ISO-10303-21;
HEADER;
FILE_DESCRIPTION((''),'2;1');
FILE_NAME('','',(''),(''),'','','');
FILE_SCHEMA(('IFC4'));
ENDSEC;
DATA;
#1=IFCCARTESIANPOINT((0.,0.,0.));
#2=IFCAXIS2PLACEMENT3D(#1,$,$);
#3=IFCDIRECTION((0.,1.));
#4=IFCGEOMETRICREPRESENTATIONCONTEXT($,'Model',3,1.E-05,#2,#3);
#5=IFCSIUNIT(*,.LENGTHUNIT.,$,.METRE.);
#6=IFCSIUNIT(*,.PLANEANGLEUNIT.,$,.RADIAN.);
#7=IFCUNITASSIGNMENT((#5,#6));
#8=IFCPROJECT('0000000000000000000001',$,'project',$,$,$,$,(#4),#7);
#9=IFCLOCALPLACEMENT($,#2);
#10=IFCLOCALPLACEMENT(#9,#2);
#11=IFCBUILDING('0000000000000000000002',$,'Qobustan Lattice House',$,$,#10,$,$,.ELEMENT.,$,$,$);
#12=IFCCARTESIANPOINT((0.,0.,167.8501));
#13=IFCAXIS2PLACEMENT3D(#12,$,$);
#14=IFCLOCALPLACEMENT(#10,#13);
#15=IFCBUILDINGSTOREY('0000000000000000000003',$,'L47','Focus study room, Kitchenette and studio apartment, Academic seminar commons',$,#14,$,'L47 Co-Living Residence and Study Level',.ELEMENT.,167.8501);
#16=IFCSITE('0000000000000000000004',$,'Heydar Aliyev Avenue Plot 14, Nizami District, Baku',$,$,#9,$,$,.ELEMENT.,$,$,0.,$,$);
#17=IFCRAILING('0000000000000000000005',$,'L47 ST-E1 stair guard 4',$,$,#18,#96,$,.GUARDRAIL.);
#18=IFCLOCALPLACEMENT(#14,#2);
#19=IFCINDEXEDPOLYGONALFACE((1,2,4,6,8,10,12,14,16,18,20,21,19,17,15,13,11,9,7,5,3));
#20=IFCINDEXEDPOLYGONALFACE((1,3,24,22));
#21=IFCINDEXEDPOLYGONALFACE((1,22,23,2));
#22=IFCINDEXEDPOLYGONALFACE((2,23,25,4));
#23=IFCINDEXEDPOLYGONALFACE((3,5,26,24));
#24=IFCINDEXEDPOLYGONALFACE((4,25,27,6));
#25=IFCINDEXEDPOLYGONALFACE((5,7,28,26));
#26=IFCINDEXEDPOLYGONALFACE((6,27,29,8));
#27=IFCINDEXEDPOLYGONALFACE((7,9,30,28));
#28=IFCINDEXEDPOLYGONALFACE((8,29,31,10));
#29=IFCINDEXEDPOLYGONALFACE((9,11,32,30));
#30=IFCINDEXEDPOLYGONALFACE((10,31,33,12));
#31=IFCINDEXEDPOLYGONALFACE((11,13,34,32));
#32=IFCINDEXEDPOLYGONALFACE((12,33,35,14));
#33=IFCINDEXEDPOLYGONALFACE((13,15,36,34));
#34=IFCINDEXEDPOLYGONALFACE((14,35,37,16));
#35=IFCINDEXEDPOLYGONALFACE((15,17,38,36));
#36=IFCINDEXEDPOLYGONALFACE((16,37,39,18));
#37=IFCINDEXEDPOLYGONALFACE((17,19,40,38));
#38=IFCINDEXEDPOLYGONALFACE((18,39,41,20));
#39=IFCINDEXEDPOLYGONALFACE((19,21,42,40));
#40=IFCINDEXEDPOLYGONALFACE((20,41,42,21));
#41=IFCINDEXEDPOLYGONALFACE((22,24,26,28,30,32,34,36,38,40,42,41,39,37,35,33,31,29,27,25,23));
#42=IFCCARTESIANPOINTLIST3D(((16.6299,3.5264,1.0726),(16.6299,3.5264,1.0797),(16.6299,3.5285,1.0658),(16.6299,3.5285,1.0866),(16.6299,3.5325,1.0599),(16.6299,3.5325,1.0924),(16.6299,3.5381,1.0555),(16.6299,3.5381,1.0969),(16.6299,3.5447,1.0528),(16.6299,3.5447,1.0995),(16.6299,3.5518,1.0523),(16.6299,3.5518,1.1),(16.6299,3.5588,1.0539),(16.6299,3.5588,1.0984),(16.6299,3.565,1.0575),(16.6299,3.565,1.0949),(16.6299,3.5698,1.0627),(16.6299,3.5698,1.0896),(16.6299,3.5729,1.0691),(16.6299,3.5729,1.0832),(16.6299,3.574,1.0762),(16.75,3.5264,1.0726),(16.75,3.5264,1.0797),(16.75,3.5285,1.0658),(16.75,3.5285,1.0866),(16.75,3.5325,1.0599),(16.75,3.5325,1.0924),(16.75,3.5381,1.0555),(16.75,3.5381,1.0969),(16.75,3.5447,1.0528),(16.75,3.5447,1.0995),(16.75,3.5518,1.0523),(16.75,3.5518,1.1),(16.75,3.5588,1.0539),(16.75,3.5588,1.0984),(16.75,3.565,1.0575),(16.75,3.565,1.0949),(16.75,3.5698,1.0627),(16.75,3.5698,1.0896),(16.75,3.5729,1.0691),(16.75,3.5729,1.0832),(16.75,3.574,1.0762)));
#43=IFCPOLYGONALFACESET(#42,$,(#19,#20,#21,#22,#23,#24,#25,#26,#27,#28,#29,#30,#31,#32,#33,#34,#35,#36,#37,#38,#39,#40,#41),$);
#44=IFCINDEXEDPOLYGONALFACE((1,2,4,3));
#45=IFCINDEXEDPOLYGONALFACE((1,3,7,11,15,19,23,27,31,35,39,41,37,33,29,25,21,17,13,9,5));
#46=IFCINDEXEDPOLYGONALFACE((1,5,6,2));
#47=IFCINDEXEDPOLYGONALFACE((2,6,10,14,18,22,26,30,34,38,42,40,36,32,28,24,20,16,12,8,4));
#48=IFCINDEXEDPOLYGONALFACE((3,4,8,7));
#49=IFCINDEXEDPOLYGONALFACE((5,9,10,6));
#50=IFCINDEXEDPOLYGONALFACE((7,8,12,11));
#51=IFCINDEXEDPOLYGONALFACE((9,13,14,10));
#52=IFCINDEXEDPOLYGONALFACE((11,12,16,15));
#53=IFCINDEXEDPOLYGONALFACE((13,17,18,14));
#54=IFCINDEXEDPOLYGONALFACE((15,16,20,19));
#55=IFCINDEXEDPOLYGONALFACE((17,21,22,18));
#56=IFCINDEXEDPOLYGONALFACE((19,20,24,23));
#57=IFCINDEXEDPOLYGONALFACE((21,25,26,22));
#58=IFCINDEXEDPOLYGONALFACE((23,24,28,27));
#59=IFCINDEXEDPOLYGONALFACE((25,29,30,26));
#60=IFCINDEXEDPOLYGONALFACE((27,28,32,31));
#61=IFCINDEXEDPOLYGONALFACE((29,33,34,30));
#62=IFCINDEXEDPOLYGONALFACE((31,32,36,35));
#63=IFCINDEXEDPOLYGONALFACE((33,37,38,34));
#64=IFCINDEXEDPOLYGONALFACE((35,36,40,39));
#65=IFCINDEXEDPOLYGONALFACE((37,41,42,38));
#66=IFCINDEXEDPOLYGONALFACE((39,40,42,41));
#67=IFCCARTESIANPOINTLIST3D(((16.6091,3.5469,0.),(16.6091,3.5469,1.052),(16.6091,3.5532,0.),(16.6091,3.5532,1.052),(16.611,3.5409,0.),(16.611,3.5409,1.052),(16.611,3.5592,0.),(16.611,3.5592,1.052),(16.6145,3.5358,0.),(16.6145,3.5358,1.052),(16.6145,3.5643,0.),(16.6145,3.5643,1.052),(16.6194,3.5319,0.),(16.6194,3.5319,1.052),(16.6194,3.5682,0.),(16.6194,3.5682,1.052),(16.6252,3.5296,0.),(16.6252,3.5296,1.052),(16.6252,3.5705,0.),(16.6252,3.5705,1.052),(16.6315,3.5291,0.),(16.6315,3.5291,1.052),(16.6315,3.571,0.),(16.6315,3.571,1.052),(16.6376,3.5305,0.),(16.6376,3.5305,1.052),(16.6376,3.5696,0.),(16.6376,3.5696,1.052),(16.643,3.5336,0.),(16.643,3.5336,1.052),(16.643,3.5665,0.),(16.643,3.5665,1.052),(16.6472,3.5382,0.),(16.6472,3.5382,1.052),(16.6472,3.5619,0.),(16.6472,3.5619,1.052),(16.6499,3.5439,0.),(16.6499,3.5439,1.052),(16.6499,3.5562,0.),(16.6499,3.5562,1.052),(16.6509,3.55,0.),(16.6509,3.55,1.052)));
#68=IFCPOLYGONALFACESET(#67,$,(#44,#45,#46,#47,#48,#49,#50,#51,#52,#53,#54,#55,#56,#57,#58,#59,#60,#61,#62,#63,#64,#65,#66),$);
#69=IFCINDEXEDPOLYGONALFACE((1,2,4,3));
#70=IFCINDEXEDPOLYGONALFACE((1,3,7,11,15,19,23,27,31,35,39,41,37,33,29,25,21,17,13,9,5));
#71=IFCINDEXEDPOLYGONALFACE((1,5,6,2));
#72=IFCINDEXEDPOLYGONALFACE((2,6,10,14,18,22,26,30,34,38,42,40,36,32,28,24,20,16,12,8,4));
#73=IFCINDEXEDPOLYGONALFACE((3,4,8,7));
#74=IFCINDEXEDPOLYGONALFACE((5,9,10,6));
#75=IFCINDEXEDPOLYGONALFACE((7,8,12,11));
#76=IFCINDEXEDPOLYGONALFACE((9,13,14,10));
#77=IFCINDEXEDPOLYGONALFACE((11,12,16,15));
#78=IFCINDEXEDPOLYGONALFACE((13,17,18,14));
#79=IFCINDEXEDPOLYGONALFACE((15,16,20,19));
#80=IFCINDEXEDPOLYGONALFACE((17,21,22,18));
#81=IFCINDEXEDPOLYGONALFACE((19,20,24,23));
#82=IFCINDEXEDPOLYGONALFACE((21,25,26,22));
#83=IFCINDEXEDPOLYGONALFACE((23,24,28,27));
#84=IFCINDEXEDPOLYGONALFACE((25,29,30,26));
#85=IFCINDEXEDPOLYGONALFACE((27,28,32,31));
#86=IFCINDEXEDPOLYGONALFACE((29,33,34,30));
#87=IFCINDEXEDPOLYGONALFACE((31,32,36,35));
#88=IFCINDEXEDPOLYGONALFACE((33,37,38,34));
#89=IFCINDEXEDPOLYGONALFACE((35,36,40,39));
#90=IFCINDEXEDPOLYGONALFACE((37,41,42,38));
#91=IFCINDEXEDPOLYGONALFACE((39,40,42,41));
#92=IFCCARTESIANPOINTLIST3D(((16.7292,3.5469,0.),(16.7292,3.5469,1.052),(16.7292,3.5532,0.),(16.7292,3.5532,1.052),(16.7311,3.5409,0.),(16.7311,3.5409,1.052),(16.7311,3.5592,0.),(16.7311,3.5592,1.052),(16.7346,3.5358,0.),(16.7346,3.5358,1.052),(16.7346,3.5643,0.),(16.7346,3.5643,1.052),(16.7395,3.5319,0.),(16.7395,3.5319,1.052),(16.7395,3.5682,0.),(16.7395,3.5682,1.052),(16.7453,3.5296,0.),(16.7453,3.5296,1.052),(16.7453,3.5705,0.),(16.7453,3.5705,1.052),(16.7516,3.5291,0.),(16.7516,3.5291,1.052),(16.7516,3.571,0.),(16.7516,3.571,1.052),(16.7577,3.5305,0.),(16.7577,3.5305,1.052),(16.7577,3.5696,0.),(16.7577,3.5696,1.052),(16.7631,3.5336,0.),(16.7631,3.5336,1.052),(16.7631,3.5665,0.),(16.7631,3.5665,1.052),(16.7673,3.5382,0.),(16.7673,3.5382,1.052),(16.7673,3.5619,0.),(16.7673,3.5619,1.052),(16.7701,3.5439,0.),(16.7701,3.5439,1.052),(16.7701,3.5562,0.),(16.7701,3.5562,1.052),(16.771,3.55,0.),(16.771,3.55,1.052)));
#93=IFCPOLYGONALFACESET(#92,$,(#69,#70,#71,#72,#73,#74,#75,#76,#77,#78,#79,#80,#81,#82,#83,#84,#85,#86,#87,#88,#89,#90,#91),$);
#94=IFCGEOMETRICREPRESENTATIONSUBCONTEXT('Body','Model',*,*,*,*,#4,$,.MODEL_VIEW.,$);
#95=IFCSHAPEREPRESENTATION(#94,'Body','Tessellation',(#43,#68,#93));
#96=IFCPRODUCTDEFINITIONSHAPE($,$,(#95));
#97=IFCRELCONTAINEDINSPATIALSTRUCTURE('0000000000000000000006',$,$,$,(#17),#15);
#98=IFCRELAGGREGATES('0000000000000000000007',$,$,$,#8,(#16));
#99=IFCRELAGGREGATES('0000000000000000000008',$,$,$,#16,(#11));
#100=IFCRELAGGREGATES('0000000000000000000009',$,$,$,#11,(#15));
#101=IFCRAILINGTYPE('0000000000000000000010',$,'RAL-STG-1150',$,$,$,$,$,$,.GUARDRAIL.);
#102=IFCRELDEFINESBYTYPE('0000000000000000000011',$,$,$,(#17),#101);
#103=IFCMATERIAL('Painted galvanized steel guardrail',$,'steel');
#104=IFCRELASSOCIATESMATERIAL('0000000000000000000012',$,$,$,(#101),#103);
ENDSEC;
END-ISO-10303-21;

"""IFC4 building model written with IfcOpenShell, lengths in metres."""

from ifc_helpers import new_model, si_unit, direction, frame, origin, origin_2d, place, context, subcontext, project, spatial, circle, extrude, material, type_object, element, save


model = new_model("IFC4")

# Units and contexts
model_context = context("Model", 3, precision=1e-05, world=origin(), true_north=direction((0.0, 1.0)))
body_context = subcontext(model_context, "Body", "Model", "MODEL_VIEW")
ifc_project = project(units=[si_unit("LENGTHUNIT", "METRE"), si_unit("PLANEANGLEUNIT", "RADIAN")], contexts=[model_context])

# Site, building, storey
site_placement = place(None, origin())
site = spatial("IfcSite", under=ifc_project, at=site_placement, Name="Heydar Aliyev Avenue Plot 14, Nizami District, Baku", CompositionType="ELEMENT", RefElevation=0.0)
building_placement = place(site_placement, origin())
building = spatial("IfcBuilding", under=site, at=building_placement, Name="Qobustan Lattice House", CompositionType="ELEMENT")
storey_placement = place(building_placement, frame((0.0, 0.0, 167.8501)))
storey = spatial("IfcBuildingStorey", under=building, at=storey_placement, Name="L47", Description="Focus study room, Kitchenette and studio apartment, Academic seminar commons", LongName="L47 Co-Living Residence and Study Level", CompositionType="ELEMENT", Elevation=167.8501)

# Railing
ifc_material_1 = material(Name="Painted galvanized steel guardrail", Category="steel")
railing_type_1 = type_object("IfcRailingType", Name="RAL-STG-1150", PredefinedType="GUARDRAIL", material=ifc_material_1)
railing_1_placement = place(storey_placement, frame((16.6299, 3.55, 0.0)))
element("IfcRailing", 1, at=railing_1_placement, inside=storey, type_object=railing_type_1, Name="L47 ST-E1 stair guard 4", PredefinedType="GUARDRAIL", context=body_context, shape_type="SweptSolid", body=[
    extrude(circle(Radius=0.0239, at=origin_2d()), frame((0.0, 0.0, 1.0762), z_axis=(1.0, 0.0, 0.0), x_axis=(0.0, 1.0, 0.0)), (0.0, 0.0, 1.0), 0.1201),
    extrude(circle(Radius=0.021, at=origin_2d()), origin(), (0.0, 0.0, 1.0), 1.052),
    extrude(circle(Radius=0.021, at=origin_2d()), frame((0.1201, 0.0, 0.0)), (0.0, 0.0, 1.0), 1.052),
])

save(model, "model.ifc")
